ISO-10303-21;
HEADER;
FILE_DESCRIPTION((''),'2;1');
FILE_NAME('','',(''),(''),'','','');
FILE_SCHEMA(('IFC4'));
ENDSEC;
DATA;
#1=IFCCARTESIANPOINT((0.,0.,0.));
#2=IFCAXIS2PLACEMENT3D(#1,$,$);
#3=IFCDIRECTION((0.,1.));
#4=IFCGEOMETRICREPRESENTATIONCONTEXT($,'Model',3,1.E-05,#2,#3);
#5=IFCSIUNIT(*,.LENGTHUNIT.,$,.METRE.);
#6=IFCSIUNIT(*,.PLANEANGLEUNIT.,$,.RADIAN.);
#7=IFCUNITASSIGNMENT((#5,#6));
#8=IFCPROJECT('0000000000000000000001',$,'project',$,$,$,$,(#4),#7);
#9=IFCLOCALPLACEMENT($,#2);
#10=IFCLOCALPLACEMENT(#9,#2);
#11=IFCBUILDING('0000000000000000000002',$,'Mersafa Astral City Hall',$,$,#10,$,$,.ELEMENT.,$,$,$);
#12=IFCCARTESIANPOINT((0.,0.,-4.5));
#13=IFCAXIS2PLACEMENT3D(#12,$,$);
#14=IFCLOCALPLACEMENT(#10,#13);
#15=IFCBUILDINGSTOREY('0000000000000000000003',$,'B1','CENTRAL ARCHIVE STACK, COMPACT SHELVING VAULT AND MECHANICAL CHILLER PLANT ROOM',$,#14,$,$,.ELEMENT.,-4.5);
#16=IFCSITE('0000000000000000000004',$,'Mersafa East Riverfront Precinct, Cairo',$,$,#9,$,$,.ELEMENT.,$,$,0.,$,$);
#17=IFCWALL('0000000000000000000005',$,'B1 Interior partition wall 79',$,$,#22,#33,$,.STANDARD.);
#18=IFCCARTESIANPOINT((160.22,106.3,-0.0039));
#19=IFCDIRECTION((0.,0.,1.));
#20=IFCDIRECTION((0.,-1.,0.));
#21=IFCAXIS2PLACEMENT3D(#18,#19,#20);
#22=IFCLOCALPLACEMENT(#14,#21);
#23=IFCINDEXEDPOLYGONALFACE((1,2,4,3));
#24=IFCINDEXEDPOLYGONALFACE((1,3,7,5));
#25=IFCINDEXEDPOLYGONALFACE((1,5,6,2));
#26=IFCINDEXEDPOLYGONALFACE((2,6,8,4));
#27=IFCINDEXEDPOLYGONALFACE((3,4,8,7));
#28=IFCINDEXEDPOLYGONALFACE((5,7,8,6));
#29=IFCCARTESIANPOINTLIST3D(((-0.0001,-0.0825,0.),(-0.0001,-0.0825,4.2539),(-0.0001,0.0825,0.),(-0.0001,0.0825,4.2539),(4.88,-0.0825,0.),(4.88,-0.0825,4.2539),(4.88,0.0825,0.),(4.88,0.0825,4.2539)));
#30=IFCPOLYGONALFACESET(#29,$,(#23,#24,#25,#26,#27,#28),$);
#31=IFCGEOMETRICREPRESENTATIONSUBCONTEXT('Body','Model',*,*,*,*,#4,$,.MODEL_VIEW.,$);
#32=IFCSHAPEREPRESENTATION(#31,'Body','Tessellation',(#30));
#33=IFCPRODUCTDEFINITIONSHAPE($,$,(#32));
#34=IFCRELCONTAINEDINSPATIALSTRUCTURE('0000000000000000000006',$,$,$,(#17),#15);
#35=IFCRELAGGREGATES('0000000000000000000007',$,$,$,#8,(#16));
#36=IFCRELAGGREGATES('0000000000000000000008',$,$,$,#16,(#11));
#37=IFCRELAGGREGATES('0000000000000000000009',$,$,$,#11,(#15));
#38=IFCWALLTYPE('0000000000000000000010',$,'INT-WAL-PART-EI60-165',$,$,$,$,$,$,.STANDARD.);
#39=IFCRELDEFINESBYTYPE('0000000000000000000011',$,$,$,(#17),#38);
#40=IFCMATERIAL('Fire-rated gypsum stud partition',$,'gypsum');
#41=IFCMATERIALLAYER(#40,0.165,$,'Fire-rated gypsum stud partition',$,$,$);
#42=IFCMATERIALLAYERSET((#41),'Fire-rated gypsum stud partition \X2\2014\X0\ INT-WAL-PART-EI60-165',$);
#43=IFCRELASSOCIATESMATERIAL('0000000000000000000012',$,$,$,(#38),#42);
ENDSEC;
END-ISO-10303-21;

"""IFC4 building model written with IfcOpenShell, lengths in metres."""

from ifc_helpers import new_model, si_unit, direction, frame, frame_2d, origin, place, context, subcontext, project, spatial, rectangle, extrude, material, layer, layer_set, type_object, element, save


model = new_model("IFC4")

# Units and contexts
model_context = context("Model", 3, precision=1e-05, world=origin(), true_north=direction((0.0, 1.0)))
body_context = subcontext(model_context, "Body", "Model", "MODEL_VIEW")
ifc_project = project(units=[si_unit("LENGTHUNIT", "METRE"), si_unit("PLANEANGLEUNIT", "RADIAN")], contexts=[model_context])

# Site, building, storey
site_placement = place(None, origin())
site = spatial("IfcSite", under=ifc_project, at=site_placement, Name="Mersafa East Riverfront Precinct, Cairo", CompositionType="ELEMENT", RefElevation=0.0)
building_placement = place(site_placement, origin())
building = spatial("IfcBuilding", under=site, at=building_placement, Name="Mersafa Astral City Hall", CompositionType="ELEMENT")
storey_placement = place(building_placement, frame((0.0, 0.0, -4.5)))
storey = spatial("IfcBuildingStorey", under=building, at=storey_placement, Name="B1", Description="CENTRAL ARCHIVE STACK, COMPACT SHELVING VAULT AND MECHANICAL CHILLER PLANT ROOM", CompositionType="ELEMENT", Elevation=-4.5)

# Wall
ifc_material_1 = material(Name="Fire-rated gypsum stud partition", Category="gypsum")
ifc_layer_1 = layer(ifc_material_1, 0.165, Name="Fire-rated gypsum stud partition")
ifc_layer_set_1 = layer_set([ifc_layer_1], Name="Fire-rated gypsum stud partition — INT-WAL-PART-EI60-165")
wall_type_1 = type_object("IfcWallType", Name="INT-WAL-PART-EI60-165", PredefinedType="STANDARD", material=ifc_layer_set_1)
wall_1_placement = place(storey_placement, frame((160.22, 106.3, -0.0039), z_axis=(0.0, 0.0, 1.0), x_axis=(0.0, -1.0, 0.0)))
element("IfcWall", 1, at=wall_1_placement, inside=storey, type_object=wall_type_1, Name="B1 Interior partition wall 79", PredefinedType="STANDARD", context=body_context, shape_type="SweptSolid", body=[
    extrude(rectangle(XDim=4.8801, YDim=0.165, at=frame_2d((2.4399, 0.0))), origin(), (0.0, 0.0, 1.0), 4.2539),
])

save(model, "model.ifc")
